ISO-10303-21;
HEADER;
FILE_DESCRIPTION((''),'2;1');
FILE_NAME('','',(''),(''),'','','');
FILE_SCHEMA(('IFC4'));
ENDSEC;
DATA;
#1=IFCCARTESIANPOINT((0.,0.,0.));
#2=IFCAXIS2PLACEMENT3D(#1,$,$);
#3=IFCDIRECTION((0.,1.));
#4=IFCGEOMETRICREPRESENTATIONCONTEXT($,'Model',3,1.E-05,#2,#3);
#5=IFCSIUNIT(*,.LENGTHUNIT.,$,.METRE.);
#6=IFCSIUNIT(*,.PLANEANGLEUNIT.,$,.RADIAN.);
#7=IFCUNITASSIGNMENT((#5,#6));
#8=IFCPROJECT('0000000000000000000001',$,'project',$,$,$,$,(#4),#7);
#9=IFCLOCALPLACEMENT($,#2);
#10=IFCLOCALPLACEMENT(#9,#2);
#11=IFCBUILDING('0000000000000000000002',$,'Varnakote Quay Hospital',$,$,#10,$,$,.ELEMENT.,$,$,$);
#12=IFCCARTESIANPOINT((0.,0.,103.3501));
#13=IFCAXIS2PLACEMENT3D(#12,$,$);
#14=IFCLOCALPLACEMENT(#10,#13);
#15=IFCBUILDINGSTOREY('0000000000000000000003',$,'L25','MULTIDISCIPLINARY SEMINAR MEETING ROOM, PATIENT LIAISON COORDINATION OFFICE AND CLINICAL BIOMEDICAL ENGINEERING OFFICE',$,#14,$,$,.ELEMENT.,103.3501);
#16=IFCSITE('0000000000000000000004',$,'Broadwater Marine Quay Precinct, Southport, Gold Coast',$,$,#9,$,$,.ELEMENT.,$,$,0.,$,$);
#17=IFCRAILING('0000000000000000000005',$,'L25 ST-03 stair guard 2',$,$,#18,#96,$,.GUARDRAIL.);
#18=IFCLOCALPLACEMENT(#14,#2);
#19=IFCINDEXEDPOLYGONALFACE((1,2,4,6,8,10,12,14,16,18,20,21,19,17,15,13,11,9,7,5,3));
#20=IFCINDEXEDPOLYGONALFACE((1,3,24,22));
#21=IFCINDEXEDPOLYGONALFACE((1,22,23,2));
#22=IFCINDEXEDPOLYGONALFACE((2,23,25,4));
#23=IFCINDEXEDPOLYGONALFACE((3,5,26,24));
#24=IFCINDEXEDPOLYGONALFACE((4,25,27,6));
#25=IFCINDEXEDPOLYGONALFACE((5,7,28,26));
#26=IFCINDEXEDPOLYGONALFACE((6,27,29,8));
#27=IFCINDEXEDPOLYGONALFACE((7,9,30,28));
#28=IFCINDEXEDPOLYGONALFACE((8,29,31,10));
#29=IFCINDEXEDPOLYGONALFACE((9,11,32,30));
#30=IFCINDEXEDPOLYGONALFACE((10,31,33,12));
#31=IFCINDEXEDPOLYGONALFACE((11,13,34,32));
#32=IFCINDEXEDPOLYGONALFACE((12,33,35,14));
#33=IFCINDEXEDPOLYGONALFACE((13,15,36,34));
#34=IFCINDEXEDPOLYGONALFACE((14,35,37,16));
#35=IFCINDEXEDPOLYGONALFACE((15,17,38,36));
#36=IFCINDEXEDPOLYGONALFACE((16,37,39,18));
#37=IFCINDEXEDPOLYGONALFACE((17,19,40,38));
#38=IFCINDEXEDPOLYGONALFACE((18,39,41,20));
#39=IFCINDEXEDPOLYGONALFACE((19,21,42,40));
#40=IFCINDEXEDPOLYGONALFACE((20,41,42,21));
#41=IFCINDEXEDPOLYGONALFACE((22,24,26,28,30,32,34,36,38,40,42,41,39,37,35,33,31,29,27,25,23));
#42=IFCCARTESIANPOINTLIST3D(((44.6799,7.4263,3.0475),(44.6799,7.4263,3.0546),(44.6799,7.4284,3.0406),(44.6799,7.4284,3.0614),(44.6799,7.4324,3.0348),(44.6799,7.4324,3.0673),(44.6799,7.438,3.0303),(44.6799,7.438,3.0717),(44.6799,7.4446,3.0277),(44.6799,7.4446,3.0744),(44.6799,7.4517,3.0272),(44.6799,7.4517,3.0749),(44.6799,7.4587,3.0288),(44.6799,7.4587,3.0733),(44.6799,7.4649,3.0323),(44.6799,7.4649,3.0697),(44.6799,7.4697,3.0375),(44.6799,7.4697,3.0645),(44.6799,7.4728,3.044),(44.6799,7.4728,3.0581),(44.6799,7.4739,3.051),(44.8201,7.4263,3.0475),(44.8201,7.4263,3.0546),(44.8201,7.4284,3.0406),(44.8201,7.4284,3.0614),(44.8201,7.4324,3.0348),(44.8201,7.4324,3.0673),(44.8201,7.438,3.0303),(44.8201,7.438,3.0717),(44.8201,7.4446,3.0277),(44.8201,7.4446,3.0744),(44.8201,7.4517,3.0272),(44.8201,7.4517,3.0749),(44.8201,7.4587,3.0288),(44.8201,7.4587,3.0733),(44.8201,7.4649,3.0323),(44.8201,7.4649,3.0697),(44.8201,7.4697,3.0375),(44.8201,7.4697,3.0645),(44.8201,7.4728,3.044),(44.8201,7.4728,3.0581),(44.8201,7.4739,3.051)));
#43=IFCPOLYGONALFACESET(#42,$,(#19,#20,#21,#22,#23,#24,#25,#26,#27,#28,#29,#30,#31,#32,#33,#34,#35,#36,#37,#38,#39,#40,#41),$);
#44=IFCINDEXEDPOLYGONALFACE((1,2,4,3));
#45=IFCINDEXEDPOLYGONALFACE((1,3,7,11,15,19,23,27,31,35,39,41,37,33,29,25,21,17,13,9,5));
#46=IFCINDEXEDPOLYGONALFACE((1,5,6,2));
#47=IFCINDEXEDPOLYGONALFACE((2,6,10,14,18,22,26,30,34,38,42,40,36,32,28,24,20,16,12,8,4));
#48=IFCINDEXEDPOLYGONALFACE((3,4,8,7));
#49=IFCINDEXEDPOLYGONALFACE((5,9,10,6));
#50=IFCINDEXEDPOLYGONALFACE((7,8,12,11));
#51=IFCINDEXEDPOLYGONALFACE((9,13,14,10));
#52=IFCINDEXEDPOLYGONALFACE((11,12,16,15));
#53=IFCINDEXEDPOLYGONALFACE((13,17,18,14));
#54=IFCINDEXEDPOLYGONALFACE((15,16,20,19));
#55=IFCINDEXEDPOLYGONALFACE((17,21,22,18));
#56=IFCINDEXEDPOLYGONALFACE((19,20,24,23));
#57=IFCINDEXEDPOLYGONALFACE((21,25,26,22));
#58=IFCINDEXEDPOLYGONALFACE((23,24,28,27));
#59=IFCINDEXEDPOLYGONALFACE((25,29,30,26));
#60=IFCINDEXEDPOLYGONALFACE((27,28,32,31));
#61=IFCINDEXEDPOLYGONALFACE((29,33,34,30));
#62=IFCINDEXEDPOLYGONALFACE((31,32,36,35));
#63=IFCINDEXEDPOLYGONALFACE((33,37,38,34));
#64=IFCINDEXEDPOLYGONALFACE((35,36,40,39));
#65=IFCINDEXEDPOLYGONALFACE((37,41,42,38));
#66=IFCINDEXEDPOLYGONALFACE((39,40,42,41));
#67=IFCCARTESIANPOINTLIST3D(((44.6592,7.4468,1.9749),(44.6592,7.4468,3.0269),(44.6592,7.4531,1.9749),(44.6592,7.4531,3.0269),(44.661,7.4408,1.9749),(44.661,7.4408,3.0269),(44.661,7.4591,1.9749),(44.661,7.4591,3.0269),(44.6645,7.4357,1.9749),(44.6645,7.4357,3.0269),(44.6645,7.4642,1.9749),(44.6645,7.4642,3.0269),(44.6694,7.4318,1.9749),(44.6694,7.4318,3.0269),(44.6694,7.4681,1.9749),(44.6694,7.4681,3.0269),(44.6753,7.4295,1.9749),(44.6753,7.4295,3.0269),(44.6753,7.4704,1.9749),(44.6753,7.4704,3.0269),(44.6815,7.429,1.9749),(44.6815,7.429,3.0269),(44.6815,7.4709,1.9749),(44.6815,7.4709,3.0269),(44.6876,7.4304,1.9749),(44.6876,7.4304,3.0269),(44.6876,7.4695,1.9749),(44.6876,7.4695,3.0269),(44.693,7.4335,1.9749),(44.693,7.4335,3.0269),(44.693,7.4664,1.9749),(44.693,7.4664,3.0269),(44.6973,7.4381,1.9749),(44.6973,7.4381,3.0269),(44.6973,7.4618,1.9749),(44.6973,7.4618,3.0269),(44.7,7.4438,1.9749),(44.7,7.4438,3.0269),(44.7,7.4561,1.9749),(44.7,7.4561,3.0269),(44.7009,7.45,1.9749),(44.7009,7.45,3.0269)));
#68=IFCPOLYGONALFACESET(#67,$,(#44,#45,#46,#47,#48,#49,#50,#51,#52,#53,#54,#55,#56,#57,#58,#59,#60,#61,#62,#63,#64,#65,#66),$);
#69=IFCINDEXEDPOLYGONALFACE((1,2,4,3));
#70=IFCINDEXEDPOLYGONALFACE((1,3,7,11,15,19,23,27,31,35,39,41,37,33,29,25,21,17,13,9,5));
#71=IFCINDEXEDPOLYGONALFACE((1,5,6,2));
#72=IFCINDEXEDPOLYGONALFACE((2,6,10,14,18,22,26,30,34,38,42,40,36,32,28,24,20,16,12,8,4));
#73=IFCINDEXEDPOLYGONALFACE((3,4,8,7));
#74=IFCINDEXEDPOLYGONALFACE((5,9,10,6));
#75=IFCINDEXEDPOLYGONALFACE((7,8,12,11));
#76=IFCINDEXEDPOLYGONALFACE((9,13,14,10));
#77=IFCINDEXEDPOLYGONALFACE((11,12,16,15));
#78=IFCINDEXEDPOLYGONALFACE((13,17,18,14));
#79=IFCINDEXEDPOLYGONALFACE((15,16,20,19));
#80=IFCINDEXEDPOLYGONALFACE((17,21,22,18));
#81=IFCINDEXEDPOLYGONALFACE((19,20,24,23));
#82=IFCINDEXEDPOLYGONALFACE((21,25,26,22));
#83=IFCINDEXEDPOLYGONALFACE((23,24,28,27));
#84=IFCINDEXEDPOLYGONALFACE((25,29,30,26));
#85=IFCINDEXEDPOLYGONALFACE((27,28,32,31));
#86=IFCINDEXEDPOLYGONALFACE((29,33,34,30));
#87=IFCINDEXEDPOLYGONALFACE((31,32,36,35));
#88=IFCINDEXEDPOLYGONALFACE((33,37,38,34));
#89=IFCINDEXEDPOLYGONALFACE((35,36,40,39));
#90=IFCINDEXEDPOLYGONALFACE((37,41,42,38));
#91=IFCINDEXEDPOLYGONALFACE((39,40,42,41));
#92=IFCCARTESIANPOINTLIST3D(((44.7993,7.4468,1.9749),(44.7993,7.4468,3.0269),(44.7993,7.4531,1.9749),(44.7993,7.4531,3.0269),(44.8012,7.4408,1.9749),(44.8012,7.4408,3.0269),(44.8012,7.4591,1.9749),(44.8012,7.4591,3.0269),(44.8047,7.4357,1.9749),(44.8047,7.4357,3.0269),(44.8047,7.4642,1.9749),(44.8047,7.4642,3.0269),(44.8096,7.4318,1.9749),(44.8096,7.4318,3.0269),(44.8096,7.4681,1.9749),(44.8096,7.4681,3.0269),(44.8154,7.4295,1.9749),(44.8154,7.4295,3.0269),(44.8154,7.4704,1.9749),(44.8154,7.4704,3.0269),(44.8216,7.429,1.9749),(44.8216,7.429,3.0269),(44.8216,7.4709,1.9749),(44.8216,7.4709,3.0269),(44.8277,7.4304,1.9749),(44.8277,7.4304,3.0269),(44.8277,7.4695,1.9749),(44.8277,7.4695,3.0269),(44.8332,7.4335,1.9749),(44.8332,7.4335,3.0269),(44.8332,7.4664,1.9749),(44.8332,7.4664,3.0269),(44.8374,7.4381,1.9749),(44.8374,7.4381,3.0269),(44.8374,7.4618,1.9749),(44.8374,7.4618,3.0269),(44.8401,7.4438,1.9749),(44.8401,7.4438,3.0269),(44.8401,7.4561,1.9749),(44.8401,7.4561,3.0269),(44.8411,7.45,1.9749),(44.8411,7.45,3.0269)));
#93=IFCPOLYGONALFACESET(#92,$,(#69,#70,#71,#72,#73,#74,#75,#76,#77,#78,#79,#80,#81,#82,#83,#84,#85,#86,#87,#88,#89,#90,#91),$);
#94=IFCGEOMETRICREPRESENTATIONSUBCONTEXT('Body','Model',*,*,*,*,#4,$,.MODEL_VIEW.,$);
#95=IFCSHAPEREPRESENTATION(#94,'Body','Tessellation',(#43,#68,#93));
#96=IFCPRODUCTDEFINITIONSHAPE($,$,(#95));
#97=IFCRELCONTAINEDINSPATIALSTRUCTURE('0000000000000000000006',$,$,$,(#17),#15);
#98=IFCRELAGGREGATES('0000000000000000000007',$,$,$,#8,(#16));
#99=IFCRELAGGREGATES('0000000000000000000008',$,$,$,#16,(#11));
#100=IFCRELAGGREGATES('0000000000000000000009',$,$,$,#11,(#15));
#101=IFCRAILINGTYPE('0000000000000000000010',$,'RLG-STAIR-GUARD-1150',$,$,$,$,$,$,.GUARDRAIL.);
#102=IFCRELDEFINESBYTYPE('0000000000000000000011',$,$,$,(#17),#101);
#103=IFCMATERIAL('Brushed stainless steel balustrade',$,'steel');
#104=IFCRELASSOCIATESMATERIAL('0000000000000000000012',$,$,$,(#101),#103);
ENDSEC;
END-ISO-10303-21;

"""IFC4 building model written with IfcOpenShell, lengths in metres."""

from ifc_helpers import new_model, si_unit, direction, frame, origin, origin_2d, place, context, subcontext, project, spatial, circle, extrude, material, type_object, element, save


model = new_model("IFC4")

# Units and contexts
model_context = context("Model", 3, precision=1e-05, world=origin(), true_north=direction((0.0, 1.0)))
body_context = subcontext(model_context, "Body", "Model", "MODEL_VIEW")
ifc_project = project(units=[si_unit("LENGTHUNIT", "METRE"), si_unit("PLANEANGLEUNIT", "RADIAN")], contexts=[model_context])

# Site, building, storey
site_placement = place(None, origin())
site = spatial("IfcSite", under=ifc_project, at=site_placement, Name="Broadwater Marine Quay Precinct, Southport, Gold Coast", CompositionType="ELEMENT", RefElevation=0.0)
building_placement = place(site_placement, origin())
building = spatial("IfcBuilding", under=site, at=building_placement, Name="Varnakote Quay Hospital", CompositionType="ELEMENT")
storey_placement = place(building_placement, frame((0.0, 0.0, 103.3501)))
storey = spatial("IfcBuildingStorey", under=building, at=storey_placement, Name="L25", Description="MULTIDISCIPLINARY SEMINAR MEETING ROOM, PATIENT LIAISON COORDINATION OFFICE AND CLINICAL BIOMEDICAL ENGINEERING OFFICE", CompositionType="ELEMENT", Elevation=103.3501)

# Railing
ifc_material_1 = material(Name="Brushed stainless steel balustrade", Category="steel")
railing_type_1 = type_object("IfcRailingType", Name="RLG-STAIR-GUARD-1150", PredefinedType="GUARDRAIL", material=ifc_material_1)
railing_1_placement = place(storey_placement, frame((44.6799, 7.45, 1.9749)))
element("IfcRailing", 1, at=railing_1_placement, inside=storey, type_object=railing_type_1, Name="L25 ST-03 stair guard 2", PredefinedType="GUARDRAIL", context=body_context, shape_type="SweptSolid", body=[
    extrude(circle(Radius=0.0239, at=origin_2d()), frame((0.0, 0.0, 1.0762), z_axis=(1.0, 0.0, 0.0), x_axis=(0.0, 1.0, 0.0)), (0.0, 0.0, 1.0), 0.1401),
    extrude(circle(Radius=0.021, at=origin_2d()), origin(), (0.0, 0.0, 1.0), 1.052),
    extrude(circle(Radius=0.021, at=origin_2d()), frame((0.1401, 0.0, 0.0)), (0.0, 0.0, 1.0), 1.052),
])

save(model, "model.ifc")
